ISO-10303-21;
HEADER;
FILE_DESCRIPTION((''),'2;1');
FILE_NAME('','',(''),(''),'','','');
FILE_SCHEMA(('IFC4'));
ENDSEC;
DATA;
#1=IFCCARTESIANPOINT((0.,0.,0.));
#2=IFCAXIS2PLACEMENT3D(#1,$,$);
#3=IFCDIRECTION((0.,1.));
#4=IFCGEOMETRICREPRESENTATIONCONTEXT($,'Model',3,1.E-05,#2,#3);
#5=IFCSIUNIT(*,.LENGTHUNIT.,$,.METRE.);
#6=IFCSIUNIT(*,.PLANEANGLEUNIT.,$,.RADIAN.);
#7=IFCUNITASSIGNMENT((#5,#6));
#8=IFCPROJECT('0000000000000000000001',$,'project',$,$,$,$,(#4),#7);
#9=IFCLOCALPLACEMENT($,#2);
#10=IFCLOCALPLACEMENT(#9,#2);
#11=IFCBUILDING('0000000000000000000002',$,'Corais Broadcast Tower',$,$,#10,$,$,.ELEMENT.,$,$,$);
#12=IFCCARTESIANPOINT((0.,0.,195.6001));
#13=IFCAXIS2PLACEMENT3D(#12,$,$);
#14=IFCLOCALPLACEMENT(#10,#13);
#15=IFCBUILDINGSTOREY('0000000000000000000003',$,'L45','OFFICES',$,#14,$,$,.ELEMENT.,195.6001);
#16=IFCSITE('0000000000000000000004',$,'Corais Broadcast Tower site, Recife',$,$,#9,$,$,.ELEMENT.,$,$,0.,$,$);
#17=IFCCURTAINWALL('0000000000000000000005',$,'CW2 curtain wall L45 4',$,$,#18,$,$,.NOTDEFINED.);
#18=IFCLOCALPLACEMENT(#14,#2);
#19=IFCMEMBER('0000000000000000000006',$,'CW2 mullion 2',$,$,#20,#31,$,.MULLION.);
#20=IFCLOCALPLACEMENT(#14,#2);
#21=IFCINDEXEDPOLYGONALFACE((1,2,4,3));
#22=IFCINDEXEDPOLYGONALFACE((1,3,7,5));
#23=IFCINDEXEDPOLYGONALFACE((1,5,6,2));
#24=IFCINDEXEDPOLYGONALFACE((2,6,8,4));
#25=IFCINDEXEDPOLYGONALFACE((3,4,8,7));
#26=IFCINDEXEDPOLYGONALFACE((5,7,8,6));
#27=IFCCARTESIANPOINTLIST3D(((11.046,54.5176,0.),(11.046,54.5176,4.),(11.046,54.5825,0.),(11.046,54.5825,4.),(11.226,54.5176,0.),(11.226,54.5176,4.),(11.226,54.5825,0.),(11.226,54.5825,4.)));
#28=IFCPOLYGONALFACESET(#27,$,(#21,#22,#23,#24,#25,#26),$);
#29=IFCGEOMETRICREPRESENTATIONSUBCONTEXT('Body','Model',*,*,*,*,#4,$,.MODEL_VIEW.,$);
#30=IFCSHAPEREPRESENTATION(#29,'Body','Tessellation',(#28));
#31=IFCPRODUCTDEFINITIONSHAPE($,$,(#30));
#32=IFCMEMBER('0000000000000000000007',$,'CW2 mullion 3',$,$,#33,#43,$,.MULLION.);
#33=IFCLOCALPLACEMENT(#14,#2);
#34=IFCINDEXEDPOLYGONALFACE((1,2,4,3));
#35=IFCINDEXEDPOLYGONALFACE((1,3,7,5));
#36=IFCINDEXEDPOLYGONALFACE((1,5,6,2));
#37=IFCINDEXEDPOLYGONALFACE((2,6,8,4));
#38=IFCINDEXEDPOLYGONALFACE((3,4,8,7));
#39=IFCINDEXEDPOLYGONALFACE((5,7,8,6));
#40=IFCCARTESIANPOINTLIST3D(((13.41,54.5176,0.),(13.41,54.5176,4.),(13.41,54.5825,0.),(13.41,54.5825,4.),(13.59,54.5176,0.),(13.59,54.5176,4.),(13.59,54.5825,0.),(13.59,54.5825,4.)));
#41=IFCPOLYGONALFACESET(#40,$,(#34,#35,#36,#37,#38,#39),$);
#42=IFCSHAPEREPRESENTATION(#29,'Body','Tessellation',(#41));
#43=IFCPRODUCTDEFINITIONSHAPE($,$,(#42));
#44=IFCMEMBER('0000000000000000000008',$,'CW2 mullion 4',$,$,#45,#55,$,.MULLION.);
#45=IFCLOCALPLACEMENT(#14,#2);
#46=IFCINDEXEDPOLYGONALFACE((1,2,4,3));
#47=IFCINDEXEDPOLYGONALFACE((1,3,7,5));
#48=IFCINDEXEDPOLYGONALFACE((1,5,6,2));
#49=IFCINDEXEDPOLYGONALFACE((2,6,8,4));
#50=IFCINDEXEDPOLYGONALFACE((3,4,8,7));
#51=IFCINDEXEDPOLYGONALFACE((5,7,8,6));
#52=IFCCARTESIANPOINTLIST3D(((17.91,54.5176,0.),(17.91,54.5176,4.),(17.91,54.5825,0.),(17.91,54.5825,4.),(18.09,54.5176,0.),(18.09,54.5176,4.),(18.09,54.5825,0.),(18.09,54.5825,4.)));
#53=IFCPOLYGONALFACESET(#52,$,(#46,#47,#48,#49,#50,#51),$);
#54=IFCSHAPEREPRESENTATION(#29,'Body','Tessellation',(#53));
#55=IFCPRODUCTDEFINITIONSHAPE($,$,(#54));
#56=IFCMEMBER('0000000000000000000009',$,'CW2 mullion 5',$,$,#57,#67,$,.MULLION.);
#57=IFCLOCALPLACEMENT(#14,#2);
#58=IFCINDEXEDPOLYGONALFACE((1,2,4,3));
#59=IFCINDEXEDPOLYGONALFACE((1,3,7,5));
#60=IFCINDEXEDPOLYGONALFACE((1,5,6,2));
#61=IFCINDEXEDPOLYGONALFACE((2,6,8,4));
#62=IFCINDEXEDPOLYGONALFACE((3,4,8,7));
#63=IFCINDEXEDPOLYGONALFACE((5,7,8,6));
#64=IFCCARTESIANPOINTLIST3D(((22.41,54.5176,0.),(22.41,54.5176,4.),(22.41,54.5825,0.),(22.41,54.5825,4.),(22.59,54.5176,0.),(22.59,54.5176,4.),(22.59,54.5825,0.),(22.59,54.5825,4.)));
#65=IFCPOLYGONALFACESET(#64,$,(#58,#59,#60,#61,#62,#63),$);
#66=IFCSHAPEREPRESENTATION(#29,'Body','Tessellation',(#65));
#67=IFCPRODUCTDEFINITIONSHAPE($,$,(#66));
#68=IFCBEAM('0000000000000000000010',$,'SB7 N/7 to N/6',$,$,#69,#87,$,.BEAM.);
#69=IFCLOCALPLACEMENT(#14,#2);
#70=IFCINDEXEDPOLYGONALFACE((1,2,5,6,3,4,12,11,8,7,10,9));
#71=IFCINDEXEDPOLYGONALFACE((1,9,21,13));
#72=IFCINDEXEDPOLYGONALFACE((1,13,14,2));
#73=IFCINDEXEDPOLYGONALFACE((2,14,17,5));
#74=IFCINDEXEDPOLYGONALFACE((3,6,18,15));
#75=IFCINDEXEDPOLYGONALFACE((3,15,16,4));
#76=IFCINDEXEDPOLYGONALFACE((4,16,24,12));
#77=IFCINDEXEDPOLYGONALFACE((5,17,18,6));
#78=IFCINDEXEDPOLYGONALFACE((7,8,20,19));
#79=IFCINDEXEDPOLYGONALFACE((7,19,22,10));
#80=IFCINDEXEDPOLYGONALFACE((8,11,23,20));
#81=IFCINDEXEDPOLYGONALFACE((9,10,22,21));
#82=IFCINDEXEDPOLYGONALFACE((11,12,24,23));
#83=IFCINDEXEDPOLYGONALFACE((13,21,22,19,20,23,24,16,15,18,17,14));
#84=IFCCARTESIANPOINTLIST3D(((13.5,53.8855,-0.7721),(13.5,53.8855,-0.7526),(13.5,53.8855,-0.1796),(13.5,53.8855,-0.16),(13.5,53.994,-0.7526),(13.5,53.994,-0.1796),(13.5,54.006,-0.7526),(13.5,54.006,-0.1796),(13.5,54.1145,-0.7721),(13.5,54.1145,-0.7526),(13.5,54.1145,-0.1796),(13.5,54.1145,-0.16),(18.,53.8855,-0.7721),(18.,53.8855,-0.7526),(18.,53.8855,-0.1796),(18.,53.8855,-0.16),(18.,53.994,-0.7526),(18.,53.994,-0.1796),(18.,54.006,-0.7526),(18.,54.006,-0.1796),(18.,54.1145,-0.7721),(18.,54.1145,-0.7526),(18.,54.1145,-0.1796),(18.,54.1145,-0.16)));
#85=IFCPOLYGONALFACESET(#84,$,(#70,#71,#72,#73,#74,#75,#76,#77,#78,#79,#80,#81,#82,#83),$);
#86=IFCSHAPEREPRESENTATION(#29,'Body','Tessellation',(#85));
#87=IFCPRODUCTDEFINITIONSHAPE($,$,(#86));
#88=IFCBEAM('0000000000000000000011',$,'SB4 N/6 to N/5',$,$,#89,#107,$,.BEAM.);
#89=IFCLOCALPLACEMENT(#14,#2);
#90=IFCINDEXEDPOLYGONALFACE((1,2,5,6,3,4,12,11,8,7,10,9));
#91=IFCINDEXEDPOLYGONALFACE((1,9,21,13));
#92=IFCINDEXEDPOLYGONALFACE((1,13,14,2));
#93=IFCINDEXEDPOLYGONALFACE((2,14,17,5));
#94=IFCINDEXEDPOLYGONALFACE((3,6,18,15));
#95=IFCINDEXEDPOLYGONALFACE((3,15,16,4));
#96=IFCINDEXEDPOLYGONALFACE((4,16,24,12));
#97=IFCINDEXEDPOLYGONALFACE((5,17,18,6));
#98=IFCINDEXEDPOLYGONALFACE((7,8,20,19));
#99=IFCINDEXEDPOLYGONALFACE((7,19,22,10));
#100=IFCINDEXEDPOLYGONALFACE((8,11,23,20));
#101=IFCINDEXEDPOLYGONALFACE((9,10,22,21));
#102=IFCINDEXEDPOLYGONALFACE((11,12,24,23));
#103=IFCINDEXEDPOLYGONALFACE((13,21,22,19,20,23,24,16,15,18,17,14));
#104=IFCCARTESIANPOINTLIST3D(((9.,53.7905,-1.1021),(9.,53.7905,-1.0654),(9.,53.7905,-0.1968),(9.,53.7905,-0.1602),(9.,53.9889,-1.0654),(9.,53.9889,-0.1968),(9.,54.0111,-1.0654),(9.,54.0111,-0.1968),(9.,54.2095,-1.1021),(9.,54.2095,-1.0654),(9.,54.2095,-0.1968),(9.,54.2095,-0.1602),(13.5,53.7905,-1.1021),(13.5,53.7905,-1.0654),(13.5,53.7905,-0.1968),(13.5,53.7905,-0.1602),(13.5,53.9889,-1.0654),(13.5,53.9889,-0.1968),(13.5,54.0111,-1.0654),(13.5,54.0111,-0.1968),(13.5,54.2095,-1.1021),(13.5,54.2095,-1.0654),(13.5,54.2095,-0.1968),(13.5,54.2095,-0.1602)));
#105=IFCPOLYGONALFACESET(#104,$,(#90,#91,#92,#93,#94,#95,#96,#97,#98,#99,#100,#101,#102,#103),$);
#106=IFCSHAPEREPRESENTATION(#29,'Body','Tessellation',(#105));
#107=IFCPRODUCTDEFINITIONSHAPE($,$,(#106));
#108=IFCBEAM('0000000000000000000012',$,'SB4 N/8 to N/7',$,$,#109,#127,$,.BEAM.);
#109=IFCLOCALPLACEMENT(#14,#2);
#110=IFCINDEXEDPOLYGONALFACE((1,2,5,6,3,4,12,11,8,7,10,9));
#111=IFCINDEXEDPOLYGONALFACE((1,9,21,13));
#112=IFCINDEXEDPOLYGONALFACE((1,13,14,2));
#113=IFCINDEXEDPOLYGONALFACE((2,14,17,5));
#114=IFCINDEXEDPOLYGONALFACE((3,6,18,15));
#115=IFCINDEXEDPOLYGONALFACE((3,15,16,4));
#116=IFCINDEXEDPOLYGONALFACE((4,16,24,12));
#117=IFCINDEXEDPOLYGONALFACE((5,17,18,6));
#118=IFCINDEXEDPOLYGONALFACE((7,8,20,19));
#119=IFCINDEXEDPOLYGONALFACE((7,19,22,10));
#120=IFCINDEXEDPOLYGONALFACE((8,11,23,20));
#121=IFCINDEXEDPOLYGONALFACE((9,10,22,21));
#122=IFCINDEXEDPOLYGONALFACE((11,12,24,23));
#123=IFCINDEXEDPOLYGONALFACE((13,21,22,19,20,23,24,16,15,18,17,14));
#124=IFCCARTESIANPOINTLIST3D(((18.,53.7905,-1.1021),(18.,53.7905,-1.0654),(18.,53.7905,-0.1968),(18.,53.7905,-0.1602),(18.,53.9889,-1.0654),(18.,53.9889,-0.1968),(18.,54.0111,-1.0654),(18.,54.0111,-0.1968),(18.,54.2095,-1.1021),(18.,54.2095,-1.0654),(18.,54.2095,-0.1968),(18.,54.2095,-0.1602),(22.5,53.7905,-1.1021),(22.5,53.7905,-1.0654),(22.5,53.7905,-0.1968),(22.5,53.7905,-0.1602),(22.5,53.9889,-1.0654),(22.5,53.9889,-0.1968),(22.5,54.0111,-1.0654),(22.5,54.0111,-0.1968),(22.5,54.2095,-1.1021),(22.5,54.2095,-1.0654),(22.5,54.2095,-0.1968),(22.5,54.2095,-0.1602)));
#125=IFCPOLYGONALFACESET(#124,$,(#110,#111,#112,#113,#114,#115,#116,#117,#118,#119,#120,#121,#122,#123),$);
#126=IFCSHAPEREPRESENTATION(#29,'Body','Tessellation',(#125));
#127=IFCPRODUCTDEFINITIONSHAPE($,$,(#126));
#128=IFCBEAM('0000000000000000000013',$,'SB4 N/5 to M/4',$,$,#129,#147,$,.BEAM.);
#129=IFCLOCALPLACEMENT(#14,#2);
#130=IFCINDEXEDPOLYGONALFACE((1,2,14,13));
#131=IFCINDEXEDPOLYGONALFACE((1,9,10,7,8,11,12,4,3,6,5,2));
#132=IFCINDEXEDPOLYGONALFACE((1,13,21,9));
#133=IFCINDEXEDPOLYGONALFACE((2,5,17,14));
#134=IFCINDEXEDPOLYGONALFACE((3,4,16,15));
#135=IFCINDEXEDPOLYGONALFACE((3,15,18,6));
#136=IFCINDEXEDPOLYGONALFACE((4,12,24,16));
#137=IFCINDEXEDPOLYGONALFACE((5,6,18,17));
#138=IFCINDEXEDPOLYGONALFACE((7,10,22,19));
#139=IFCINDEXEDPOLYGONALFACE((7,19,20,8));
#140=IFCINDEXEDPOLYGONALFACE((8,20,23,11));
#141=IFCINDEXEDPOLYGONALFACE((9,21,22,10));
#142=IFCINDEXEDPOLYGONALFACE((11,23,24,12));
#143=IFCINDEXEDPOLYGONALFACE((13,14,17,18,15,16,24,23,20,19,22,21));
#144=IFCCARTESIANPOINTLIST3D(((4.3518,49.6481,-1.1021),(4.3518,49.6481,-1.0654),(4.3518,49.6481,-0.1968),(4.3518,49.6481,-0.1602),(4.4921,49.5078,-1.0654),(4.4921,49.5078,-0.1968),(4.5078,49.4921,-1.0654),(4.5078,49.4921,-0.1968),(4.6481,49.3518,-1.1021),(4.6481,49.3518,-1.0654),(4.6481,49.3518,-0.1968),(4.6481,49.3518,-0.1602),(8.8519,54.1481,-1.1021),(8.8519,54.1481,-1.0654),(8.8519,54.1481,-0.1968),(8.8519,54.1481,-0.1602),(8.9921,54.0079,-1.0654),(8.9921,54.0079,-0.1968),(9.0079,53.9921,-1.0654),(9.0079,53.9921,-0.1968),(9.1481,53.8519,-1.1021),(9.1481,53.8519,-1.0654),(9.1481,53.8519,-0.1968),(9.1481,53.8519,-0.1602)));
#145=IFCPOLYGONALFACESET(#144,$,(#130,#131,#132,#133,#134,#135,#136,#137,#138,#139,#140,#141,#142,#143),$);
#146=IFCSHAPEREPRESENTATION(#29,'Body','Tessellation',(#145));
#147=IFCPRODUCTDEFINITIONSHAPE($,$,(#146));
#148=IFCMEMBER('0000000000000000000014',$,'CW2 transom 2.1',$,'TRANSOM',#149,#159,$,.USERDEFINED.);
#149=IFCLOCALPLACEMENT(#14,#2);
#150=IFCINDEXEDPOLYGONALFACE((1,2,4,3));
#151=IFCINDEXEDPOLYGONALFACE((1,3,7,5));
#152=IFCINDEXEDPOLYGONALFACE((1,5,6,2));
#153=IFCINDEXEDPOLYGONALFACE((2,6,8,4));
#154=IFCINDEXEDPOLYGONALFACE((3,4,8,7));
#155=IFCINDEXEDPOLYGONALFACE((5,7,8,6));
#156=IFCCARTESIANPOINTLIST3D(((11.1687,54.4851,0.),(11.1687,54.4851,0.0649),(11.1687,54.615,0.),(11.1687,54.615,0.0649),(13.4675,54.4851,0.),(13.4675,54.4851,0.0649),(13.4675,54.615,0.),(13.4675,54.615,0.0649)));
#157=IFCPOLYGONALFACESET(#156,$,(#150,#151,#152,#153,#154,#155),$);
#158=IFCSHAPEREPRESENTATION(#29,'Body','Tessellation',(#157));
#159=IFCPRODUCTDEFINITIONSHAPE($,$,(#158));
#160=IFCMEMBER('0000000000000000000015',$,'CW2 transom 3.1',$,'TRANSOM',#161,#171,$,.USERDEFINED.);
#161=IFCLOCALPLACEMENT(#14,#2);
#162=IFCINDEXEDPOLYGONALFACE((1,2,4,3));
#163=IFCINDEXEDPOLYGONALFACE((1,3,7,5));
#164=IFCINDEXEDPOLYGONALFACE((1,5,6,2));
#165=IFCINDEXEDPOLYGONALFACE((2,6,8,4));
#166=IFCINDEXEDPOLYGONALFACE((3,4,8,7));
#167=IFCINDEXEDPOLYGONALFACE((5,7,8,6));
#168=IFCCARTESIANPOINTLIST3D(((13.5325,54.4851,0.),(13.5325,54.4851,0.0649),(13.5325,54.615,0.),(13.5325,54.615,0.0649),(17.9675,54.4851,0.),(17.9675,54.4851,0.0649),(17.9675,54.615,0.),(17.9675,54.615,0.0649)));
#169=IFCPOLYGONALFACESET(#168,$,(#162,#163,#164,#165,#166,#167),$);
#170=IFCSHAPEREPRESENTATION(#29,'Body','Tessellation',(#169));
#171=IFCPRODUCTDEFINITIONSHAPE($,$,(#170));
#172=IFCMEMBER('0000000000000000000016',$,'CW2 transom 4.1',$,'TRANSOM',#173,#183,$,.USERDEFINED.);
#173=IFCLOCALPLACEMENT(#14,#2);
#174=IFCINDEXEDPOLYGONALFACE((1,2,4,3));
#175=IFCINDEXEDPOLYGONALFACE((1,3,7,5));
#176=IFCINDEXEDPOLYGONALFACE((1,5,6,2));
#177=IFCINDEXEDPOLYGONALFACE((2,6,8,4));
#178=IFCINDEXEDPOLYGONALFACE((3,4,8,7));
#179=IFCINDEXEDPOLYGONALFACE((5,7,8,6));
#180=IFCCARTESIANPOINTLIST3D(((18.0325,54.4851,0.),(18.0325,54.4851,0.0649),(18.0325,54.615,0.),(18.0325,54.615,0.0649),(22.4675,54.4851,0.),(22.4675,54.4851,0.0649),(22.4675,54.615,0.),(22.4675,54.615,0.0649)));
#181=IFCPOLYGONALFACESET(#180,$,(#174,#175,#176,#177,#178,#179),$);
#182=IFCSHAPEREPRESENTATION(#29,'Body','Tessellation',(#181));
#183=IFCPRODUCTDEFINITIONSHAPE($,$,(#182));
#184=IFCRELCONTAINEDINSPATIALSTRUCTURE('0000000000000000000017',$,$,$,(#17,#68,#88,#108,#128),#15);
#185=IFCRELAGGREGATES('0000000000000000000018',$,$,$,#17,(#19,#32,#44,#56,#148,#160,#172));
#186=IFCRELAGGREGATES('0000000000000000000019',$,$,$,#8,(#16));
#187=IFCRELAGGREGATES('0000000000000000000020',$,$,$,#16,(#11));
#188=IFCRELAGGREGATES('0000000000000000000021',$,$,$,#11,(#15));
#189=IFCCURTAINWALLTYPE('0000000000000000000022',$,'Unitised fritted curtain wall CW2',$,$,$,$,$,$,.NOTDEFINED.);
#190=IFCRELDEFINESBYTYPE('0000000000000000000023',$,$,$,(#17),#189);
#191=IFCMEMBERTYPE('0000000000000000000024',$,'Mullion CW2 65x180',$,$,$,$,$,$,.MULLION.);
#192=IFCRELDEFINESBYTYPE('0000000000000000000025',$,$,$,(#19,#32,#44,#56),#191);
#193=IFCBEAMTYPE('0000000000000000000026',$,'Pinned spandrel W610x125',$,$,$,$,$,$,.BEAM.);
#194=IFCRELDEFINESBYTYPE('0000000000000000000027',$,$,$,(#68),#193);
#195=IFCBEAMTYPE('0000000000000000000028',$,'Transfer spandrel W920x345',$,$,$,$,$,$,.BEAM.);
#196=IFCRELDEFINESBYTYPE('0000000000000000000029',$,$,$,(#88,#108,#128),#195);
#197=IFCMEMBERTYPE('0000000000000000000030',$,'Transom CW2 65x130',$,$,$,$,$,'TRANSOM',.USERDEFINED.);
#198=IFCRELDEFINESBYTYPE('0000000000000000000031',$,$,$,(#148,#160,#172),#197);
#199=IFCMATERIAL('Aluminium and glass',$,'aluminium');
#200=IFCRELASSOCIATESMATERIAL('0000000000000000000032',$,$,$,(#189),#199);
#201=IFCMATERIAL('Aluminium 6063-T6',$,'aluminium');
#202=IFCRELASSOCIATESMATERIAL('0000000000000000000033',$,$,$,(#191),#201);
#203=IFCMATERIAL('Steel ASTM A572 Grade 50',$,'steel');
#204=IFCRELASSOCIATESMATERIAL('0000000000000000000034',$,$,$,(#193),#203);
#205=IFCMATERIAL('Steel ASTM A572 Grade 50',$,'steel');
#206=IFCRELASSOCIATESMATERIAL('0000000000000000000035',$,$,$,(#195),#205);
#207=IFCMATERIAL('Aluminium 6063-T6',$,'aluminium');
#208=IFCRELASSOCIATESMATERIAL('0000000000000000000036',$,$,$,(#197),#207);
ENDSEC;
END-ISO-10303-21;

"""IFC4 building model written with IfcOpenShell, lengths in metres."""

from ifc_helpers import new_model, si_unit, direction, frame, origin, origin_2d, place, context, subcontext, project, spatial, rectangle, i_section, extrude, material, material_profile, profile_set, type_object, element, aggregate, save


model = new_model("IFC4")

# Units and contexts
model_context = context("Model", 3, precision=1e-05, world=origin(), true_north=direction((0.0, 1.0)))
body_context = subcontext(model_context, "Body", "Model", "MODEL_VIEW")
ifc_project = project(units=[si_unit("LENGTHUNIT", "METRE"), si_unit("PLANEANGLEUNIT", "RADIAN")], contexts=[model_context])

# Site, building, storey
site_placement = place(None, origin())
site = spatial("IfcSite", under=ifc_project, at=site_placement, Name="Corais Broadcast Tower site, Recife", CompositionType="ELEMENT", RefElevation=0.0)
building_placement = place(site_placement, origin())
building = spatial("IfcBuilding", under=site, at=building_placement, Name="Corais Broadcast Tower", CompositionType="ELEMENT")
storey_placement = place(building_placement, frame((0.0, 0.0, 195.6001)))
storey = spatial("IfcBuildingStorey", under=building, at=storey_placement, Name="L45", Description="OFFICES", CompositionType="ELEMENT", Elevation=195.6001)

# Curtain wall, members
ifc_material_1 = material(Name="Aluminium and glass", Category="aluminium")
curtain_wall_type = type_object("IfcCurtainWallType", Name="Unitised fritted curtain wall CW2", PredefinedType="NOTDEFINED", material=ifc_material_1)
curtain_wall_placement = place(storey_placement, origin())
curtain_wall = element("IfcCurtainWall", 1, at=curtain_wall_placement, inside=storey, type_object=curtain_wall_type, Name="CW2 curtain wall L45 4", PredefinedType="NOTDEFINED")
ifc_material_2 = material(Name="Aluminium 6063-T6", Category="aluminium")
ifc_material_profile_1 = material_profile(ifc_material_2, rectangle(XDim=0.0649, YDim=0.1799, at=origin_2d()), Name="Mullion CW2 65x180")
ifc_profile_set_1 = profile_set([ifc_material_profile_1], Name="Aluminium 6063-T6")
member_type_1 = type_object("IfcMemberType", Name="Mullion CW2 65x180", PredefinedType="MULLION", material=ifc_profile_set_1)
member_1_placement = place(storey_placement, frame((11.136, 54.55, 0.0), z_axis=(0.0, 0.0, 1.0), x_axis=(0.0, 1.0, 0.0)))
member_1 = element("IfcMember", 2, at=member_1_placement, type_object=member_type_1, Name="CW2 mullion 2", PredefinedType="MULLION", context=body_context, shape_type="SweptSolid", body=[
    extrude(rectangle(XDim=0.0649, YDim=0.1799, at=origin_2d()), origin(), (0.0, 0.0, 1.0), 4.0),
])
member_2_placement = place(storey_placement, frame((13.5, 54.55, 0.0), z_axis=(0.0, 0.0, 1.0), x_axis=(0.0, 1.0, 0.0)))
member_2 = element("IfcMember", 3, at=member_2_placement, type_object=member_type_1, Name="CW2 mullion 3", PredefinedType="MULLION", context=body_context, shape_type="SweptSolid", body=[
    extrude(rectangle(XDim=0.0649, YDim=0.1799, at=origin_2d()), origin(), (0.0, 0.0, 1.0), 4.0),
])
member_3_placement = place(storey_placement, frame((18.0, 54.55, 0.0), z_axis=(0.0, 0.0, 1.0), x_axis=(0.0, 1.0, 0.0)))
member_3 = element("IfcMember", 4, at=member_3_placement, type_object=member_type_1, Name="CW2 mullion 4", PredefinedType="MULLION", context=body_context, shape_type="SweptSolid", body=[
    extrude(rectangle(XDim=0.0649, YDim=0.1799, at=origin_2d()), origin(), (0.0, 0.0, 1.0), 4.0),
])
member_4_placement = place(storey_placement, frame((22.5, 54.55, 0.0), z_axis=(0.0, 0.0, 1.0), x_axis=(0.0, 1.0, 0.0)))
member_4 = element("IfcMember", 5, at=member_4_placement, type_object=member_type_1, Name="CW2 mullion 5", PredefinedType="MULLION", context=body_context, shape_type="SweptSolid", body=[
    extrude(rectangle(XDim=0.0649, YDim=0.1799, at=origin_2d()), origin(), (0.0, 0.0, 1.0), 4.0),
])

# Beams
ifc_material_3 = material(Name="Steel ASTM A572 Grade 50", Category="steel")
ifc_material_profile_2 = material_profile(ifc_material_3, i_section(OverallWidth=0.229, OverallDepth=0.6121, WebThickness=0.012, FlangeThickness=0.0195, at=origin_2d()), Name="W610x125")
ifc_profile_set_2 = profile_set([ifc_material_profile_2], Name="Steel ASTM A572 Grade 50")
beam_type_1 = type_object("IfcBeamType", Name="Pinned spandrel W610x125", PredefinedType="BEAM", material=ifc_profile_set_2)
beam_1_placement = place(storey_placement, frame((18.0, 54.0, -0.4661), z_axis=(-1.0, 0.0, 0.0), x_axis=(0.0, -1.0, 0.0)))
element("IfcBeam", 6, at=beam_1_placement, inside=storey, type_object=beam_type_1, Name="SB7 N/7 to N/6", PredefinedType="BEAM", context=body_context, shape_type="SweptSolid", body=[
    extrude(i_section(OverallWidth=0.229, OverallDepth=0.6121, WebThickness=0.012, FlangeThickness=0.0195, at=origin_2d()), origin(), (0.0, 0.0, 1.0), 4.5),
])
ifc_material_4 = material(Name="Steel ASTM A572 Grade 50", Category="steel")
ifc_material_profile_3 = material_profile(ifc_material_4, i_section(OverallWidth=0.4189, OverallDepth=0.9419, WebThickness=0.0222, FlangeThickness=0.0366, at=origin_2d()), Name="W920x345")
ifc_profile_set_3 = profile_set([ifc_material_profile_3], Name="Steel ASTM A572 Grade 50")
beam_type_2 = type_object("IfcBeamType", Name="Transfer spandrel W920x345", PredefinedType="BEAM", material=ifc_profile_set_3)
for number, where, z_axis, x_axis, name in (
    (7, (13.5, 54.0, -0.6311), (-1.0, 0.0, 0.0), (0.0, -1.0, 0.0), "SB4 N/6 to N/5"),
    (8, (22.5, 54.0, -0.6311), (-1.0, 0.0, 0.0), (0.0, -1.0, 0.0), "SB4 N/8 to N/7"),
):
    element("IfcBeam", number, at=place(storey_placement, frame(where, z_axis=z_axis, x_axis=x_axis)), inside=storey, type_object=beam_type_2, Name=name, PredefinedType="BEAM", context=body_context, shape_type="SweptSolid", body=[
        extrude(i_section(OverallWidth=0.4189, OverallDepth=0.9419, WebThickness=0.0222, FlangeThickness=0.0366, at=origin_2d()), origin(), (0.0, 0.0, 1.0), 4.5),
    ])
beam_2_placement = place(storey_placement, frame((9.0, 54.0, -0.6311), z_axis=(-0.707107, -0.707107, 0.0), x_axis=(0.707107, -0.707107, 0.0)))
element("IfcBeam", 9, at=beam_2_placement, inside=storey, type_object=beam_type_2, Name="SB4 N/5 to M/4", PredefinedType="BEAM", context=body_context, shape_type="SweptSolid", body=[
    extrude(i_section(OverallWidth=0.4189, OverallDepth=0.9419, WebThickness=0.0222, FlangeThickness=0.0366, at=origin_2d()), origin(), (0.0, 0.0, 1.0), 6.364),
])

# Members
ifc_material_5 = material(Name="Aluminium 6063-T6", Category="aluminium")
ifc_material_profile_4 = material_profile(ifc_material_5, rectangle(XDim=0.1299, YDim=0.0649, at=origin_2d()), Name="Transom CW2 65x130")
ifc_profile_set_4 = profile_set([ifc_material_profile_4], Name="Aluminium 6063-T6")
member_type_2 = type_object("IfcMemberType", Name="Transom CW2 65x130", ElementType="TRANSOM", PredefinedType="USERDEFINED", material=ifc_profile_set_4)
member_5_placement = place(storey_placement, frame((11.1687, 54.55, 0.0325), z_axis=(1.0, 0.0, 0.0), x_axis=(0.0, 1.0, 0.0)))
member_5 = element("IfcMember", 10, at=member_5_placement, type_object=member_type_2, Name="CW2 transom 2.1", ObjectType="TRANSOM", PredefinedType="USERDEFINED", context=body_context, shape_type="SweptSolid", body=[
    extrude(rectangle(XDim=0.1299, YDim=0.0649, at=origin_2d()), origin(), (0.0, 0.0, 1.0), 2.2988),
])
member_6_placement = place(storey_placement, frame((13.5325, 54.55, 0.0325), z_axis=(1.0, 0.0, 0.0), x_axis=(0.0, 1.0, 0.0)))
member_6 = element("IfcMember", 11, at=member_6_placement, type_object=member_type_2, Name="CW2 transom 3.1", ObjectType="TRANSOM", PredefinedType="USERDEFINED", context=body_context, shape_type="SweptSolid", body=[
    extrude(rectangle(XDim=0.1299, YDim=0.0649, at=origin_2d()), origin(), (0.0, 0.0, 1.0), 4.4351),
])
member_7_placement = place(storey_placement, frame((18.0325, 54.55, 0.0325), z_axis=(1.0, 0.0, 0.0), x_axis=(0.0, 1.0, 0.0)))
member_7 = element("IfcMember", 12, at=member_7_placement, type_object=member_type_2, Name="CW2 transom 4.1", ObjectType="TRANSOM", PredefinedType="USERDEFINED", context=body_context, shape_type="SweptSolid", body=[
    extrude(rectangle(XDim=0.1299, YDim=0.0649, at=origin_2d()), origin(), (0.0, 0.0, 1.0), 4.4351),
])

aggregate(curtain_wall, [member_1, member_2, member_3, member_4, member_5, member_6, member_7])

save(model, "model.ifc")
